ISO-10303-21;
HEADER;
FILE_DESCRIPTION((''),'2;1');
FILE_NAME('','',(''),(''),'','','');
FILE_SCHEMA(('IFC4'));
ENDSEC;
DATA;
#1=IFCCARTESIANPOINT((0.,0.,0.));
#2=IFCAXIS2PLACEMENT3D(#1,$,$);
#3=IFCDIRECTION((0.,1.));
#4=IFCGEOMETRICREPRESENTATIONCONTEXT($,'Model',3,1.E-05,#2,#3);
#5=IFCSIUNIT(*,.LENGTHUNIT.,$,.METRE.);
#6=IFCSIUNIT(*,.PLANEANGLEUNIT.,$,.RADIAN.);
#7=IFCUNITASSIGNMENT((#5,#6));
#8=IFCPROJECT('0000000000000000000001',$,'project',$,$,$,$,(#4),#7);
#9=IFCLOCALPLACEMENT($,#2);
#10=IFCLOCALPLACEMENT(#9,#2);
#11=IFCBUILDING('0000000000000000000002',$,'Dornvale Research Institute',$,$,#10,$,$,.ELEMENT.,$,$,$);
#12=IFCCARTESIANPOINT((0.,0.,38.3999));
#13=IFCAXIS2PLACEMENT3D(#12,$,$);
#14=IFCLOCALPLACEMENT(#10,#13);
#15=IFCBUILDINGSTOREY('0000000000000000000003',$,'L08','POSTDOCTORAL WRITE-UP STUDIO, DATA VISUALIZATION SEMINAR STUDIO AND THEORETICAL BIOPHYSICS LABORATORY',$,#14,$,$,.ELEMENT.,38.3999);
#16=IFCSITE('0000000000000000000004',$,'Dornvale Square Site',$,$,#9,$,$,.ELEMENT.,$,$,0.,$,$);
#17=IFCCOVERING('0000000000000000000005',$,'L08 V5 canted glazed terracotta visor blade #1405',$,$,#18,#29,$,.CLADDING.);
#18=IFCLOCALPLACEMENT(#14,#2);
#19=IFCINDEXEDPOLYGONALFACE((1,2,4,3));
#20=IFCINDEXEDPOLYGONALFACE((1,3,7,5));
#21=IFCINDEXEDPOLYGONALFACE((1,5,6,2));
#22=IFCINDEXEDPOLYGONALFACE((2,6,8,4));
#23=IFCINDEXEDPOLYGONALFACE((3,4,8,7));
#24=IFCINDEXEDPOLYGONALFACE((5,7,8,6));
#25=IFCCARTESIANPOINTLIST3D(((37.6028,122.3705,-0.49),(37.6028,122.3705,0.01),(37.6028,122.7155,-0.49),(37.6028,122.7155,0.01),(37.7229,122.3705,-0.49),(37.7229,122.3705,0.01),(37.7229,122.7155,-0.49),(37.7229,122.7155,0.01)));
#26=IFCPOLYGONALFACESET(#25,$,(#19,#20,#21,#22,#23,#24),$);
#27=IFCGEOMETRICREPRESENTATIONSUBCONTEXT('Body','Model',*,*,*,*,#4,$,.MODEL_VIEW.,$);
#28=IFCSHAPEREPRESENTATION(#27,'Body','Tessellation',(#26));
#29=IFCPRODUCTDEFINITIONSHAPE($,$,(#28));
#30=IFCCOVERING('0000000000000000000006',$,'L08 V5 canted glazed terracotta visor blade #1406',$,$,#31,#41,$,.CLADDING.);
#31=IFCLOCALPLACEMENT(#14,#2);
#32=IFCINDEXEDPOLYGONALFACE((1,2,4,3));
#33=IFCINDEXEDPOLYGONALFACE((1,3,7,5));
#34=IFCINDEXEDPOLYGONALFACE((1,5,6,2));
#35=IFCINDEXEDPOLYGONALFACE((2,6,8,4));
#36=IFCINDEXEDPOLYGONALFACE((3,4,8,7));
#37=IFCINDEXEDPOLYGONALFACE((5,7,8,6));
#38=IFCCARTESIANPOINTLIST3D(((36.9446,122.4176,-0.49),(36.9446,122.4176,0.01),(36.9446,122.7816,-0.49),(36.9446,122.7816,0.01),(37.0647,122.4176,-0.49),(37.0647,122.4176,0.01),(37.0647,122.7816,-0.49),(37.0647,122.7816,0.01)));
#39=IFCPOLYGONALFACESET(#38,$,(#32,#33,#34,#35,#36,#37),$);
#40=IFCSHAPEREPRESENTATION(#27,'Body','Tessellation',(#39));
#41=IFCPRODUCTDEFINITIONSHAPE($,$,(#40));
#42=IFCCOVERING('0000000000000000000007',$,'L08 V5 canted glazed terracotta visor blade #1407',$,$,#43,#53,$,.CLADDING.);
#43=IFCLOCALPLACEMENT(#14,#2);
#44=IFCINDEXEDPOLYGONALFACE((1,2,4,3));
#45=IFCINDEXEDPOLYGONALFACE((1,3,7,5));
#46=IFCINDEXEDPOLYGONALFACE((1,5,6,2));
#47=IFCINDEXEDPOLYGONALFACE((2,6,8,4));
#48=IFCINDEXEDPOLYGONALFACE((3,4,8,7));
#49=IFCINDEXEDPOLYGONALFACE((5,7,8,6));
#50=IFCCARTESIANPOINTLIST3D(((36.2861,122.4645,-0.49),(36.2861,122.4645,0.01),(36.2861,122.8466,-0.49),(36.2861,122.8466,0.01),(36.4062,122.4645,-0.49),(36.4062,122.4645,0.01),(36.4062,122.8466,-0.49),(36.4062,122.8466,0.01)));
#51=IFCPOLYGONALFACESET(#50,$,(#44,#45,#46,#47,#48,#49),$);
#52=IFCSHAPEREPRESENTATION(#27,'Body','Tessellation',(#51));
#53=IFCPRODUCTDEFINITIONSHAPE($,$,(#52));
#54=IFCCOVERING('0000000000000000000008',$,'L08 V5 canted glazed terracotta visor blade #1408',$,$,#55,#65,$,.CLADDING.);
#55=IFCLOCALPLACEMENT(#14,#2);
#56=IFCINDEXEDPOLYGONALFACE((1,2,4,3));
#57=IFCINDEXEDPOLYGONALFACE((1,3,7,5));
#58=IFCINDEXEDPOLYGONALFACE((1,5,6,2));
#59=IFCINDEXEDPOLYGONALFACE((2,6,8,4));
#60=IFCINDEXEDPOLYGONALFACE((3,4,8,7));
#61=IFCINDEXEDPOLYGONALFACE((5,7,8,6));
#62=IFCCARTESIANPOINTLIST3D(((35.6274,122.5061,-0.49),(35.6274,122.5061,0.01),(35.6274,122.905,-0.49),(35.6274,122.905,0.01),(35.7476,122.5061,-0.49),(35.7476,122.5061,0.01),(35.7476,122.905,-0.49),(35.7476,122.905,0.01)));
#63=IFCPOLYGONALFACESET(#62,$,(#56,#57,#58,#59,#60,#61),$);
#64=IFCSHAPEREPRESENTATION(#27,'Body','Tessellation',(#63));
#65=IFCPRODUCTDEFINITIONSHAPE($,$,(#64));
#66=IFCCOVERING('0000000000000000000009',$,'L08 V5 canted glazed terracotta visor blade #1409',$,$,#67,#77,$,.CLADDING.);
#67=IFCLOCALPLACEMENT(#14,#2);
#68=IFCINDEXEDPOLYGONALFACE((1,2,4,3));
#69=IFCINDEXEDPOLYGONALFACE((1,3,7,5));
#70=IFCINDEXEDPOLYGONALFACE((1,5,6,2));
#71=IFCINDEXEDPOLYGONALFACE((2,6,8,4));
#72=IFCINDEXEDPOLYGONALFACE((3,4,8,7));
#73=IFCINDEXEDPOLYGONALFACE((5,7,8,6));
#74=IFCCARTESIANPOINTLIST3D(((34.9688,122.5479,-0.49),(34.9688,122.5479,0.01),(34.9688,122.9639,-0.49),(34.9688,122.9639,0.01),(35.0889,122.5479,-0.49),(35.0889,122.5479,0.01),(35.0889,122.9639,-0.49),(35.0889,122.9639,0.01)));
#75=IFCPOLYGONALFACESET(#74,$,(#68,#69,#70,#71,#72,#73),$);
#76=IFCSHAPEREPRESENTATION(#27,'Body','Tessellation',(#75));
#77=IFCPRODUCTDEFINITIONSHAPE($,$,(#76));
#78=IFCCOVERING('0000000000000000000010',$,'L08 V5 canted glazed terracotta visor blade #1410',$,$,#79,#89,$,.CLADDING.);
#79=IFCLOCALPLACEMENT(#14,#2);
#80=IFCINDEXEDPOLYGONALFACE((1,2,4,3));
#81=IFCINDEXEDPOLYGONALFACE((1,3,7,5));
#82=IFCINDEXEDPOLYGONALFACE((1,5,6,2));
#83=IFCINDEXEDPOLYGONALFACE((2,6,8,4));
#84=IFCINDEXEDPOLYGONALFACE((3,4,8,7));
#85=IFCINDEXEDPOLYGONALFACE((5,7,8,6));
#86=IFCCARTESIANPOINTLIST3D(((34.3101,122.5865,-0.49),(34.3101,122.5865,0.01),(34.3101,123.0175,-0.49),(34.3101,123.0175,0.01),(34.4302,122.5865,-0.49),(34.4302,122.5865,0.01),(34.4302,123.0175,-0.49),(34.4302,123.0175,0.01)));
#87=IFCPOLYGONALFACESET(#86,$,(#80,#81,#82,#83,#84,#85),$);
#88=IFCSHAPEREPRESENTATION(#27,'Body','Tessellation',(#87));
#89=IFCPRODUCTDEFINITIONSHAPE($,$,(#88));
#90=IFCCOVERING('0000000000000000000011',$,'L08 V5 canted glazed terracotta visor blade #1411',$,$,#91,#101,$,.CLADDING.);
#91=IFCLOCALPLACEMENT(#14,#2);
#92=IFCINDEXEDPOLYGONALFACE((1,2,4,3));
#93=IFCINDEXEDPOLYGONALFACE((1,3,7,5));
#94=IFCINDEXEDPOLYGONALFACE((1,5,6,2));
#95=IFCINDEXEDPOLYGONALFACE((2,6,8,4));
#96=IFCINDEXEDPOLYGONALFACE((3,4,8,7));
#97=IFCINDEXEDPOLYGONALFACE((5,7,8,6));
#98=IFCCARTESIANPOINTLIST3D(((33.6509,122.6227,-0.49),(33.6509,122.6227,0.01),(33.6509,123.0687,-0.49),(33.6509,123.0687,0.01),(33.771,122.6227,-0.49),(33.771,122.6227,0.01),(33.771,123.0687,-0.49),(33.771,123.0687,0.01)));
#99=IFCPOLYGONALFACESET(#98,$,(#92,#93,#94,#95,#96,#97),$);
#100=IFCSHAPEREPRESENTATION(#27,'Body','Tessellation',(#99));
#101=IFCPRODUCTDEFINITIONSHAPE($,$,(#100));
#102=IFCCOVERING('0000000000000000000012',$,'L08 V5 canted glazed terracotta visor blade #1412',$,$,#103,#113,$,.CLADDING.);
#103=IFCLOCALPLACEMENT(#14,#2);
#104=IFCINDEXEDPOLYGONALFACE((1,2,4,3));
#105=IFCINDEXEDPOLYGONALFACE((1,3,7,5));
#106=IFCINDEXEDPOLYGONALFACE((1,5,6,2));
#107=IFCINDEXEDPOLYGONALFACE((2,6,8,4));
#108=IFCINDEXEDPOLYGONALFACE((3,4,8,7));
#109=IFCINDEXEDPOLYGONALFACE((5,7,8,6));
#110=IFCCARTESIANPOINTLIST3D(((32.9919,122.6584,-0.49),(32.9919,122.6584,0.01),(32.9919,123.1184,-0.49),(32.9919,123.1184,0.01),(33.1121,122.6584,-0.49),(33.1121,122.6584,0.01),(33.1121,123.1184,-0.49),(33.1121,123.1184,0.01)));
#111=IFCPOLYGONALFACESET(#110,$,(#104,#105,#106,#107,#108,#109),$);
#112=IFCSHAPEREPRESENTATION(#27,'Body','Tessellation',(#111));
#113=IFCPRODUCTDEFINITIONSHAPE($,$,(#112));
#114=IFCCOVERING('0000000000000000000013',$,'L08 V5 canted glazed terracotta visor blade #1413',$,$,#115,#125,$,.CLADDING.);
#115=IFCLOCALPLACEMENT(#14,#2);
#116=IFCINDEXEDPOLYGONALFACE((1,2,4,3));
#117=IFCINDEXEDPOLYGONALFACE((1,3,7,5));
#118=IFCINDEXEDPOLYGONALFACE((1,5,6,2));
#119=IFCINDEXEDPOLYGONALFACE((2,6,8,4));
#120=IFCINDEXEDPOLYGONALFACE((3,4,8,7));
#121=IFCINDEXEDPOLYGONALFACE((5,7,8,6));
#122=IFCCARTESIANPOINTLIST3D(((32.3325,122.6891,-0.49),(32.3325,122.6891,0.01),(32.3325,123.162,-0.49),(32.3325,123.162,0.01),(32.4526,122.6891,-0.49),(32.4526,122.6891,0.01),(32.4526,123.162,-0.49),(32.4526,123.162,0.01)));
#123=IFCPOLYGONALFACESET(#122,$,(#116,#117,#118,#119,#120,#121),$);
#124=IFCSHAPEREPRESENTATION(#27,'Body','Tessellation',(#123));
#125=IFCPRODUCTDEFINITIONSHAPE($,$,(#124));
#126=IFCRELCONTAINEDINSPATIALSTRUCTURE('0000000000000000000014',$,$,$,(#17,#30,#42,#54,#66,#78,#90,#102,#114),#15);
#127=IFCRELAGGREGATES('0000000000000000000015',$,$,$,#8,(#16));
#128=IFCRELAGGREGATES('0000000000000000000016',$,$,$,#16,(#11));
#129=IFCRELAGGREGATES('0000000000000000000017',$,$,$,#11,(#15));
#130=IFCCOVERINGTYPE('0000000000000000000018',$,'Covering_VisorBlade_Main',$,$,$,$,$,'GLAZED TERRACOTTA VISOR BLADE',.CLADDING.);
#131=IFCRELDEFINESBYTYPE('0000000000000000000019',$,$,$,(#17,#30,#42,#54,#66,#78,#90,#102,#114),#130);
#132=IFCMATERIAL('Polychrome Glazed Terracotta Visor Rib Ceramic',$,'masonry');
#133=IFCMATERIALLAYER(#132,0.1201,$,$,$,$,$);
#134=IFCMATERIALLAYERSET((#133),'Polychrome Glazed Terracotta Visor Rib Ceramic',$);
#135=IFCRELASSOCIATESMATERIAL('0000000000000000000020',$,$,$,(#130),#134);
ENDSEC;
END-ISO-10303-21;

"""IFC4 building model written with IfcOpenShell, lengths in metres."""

from ifc_helpers import new_model, si_unit, direction, frame, origin, origin_2d, place, context, subcontext, project, spatial, rectangle, extrude, material, layer, layer_set, type_object, element, save


model = new_model("IFC4")

# Units and contexts
model_context = context("Model", 3, precision=1e-05, world=origin(), true_north=direction((0.0, 1.0)))
body_context = subcontext(model_context, "Body", "Model", "MODEL_VIEW")
ifc_project = project(units=[si_unit("LENGTHUNIT", "METRE"), si_unit("PLANEANGLEUNIT", "RADIAN")], contexts=[model_context])

# Site, building, storey
site_placement = place(None, origin())
site = spatial("IfcSite", under=ifc_project, at=site_placement, Name="Dornvale Square Site", CompositionType="ELEMENT", RefElevation=0.0)
building_placement = place(site_placement, origin())
building = spatial("IfcBuilding", under=site, at=building_placement, Name="Dornvale Research Institute", CompositionType="ELEMENT")
storey_placement = place(building_placement, frame((0.0, 0.0, 38.3999)))
storey = spatial("IfcBuildingStorey", under=building, at=storey_placement, Name="L08", Description="POSTDOCTORAL WRITE-UP STUDIO, DATA VISUALIZATION SEMINAR STUDIO AND THEORETICAL BIOPHYSICS LABORATORY", CompositionType="ELEMENT", Elevation=38.3999)

# Coverings
ifc_material_1 = material(Name="Polychrome Glazed Terracotta Visor Rib Ceramic", Category="masonry")
ifc_layer_1 = layer(ifc_material_1, 0.1201)
ifc_layer_set_1 = layer_set([ifc_layer_1], Name="Polychrome Glazed Terracotta Visor Rib Ceramic")
covering_type = type_object("IfcCoveringType", Name="Covering_VisorBlade_Main", ElementType="GLAZED TERRACOTTA VISOR BLADE", PredefinedType="CLADDING", material=ifc_layer_set_1)
covering_1_placement = place(storey_placement, frame((37.6628, 122.543, -0.49), z_axis=(0.0, 0.0, 1.0), x_axis=(0.0, 1.0, 0.0)))
element("IfcCovering", 1, at=covering_1_placement, inside=storey, type_object=covering_type, Name="L08 V5 canted glazed terracotta visor blade #1405", PredefinedType="CLADDING", context=body_context, shape_type="SweptSolid", body=[
    extrude(rectangle(XDim=0.345, YDim=0.1201, at=origin_2d()), origin(), (0.0, 0.0, 1.0), 0.5),
])
covering_2_placement = place(storey_placement, frame((37.0046, 122.5996, -0.49), z_axis=(0.0, 0.0, 1.0), x_axis=(0.0, 1.0, 0.0)))
element("IfcCovering", 2, at=covering_2_placement, inside=storey, type_object=covering_type, Name="L08 V5 canted glazed terracotta visor blade #1406", PredefinedType="CLADDING", context=body_context, shape_type="SweptSolid", body=[
    extrude(rectangle(XDim=0.364, YDim=0.1201, at=origin_2d()), origin(), (0.0, 0.0, 1.0), 0.5),
])
covering_3_placement = place(storey_placement, frame((36.3462, 122.6555, -0.49), z_axis=(0.0, 0.0, 1.0), x_axis=(0.0, 1.0, 0.0)))
element("IfcCovering", 3, at=covering_3_placement, inside=storey, type_object=covering_type, Name="L08 V5 canted glazed terracotta visor blade #1407", PredefinedType="CLADDING", context=body_context, shape_type="SweptSolid", body=[
    extrude(rectangle(XDim=0.3821, YDim=0.1201, at=origin_2d()), origin(), (0.0, 0.0, 1.0), 0.5),
])
covering_4_placement = place(storey_placement, frame((35.6875, 122.7056, -0.49), z_axis=(0.0, 0.0, 1.0), x_axis=(0.0, 1.0, 0.0)))
element("IfcCovering", 4, at=covering_4_placement, inside=storey, type_object=covering_type, Name="L08 V5 canted glazed terracotta visor blade #1408", PredefinedType="CLADDING", context=body_context, shape_type="SweptSolid", body=[
    extrude(rectangle(XDim=0.3989, YDim=0.1201, at=origin_2d()), origin(), (0.0, 0.0, 1.0), 0.5),
])
covering_5_placement = place(storey_placement, frame((35.0288, 122.7559, -0.49), z_axis=(0.0, 0.0, 1.0), x_axis=(0.0, 1.0, 0.0)))
element("IfcCovering", 5, at=covering_5_placement, inside=storey, type_object=covering_type, Name="L08 V5 canted glazed terracotta visor blade #1409", PredefinedType="CLADDING", context=body_context, shape_type="SweptSolid", body=[
    extrude(rectangle(XDim=0.416, YDim=0.1201, at=origin_2d()), origin(), (0.0, 0.0, 1.0), 0.5),
])
covering_6_placement = place(storey_placement, frame((34.3701, 122.802, -0.49), z_axis=(0.0, 0.0, 1.0), x_axis=(0.0, 1.0, 0.0)))
element("IfcCovering", 6, at=covering_6_placement, inside=storey, type_object=covering_type, Name="L08 V5 canted glazed terracotta visor blade #1410", PredefinedType="CLADDING", context=body_context, shape_type="SweptSolid", body=[
    extrude(rectangle(XDim=0.4309, YDim=0.1201, at=origin_2d()), origin(), (0.0, 0.0, 1.0), 0.5),
])
covering_7_placement = place(storey_placement, frame((33.7109, 122.8457, -0.49), z_axis=(0.0, 0.0, 1.0), x_axis=(0.0, 1.0, 0.0)))
element("IfcCovering", 7, at=covering_7_placement, inside=storey, type_object=covering_type, Name="L08 V5 canted glazed terracotta visor blade #1411", PredefinedType="CLADDING", context=body_context, shape_type="SweptSolid", body=[
    extrude(rectangle(XDim=0.446, YDim=0.1201, at=origin_2d()), origin(), (0.0, 0.0, 1.0), 0.5),
])
covering_8_placement = place(storey_placement, frame((33.052, 122.8884, -0.49), z_axis=(0.0, 0.0, 1.0), x_axis=(0.0, 1.0, 0.0)))
element("IfcCovering", 8, at=covering_8_placement, inside=storey, type_object=covering_type, Name="L08 V5 canted glazed terracotta visor blade #1412", PredefinedType="CLADDING", context=body_context, shape_type="SweptSolid", body=[
    extrude(rectangle(XDim=0.46, YDim=0.1201, at=origin_2d()), origin(), (0.0, 0.0, 1.0), 0.5),
])
covering_9_placement = place(storey_placement, frame((32.3926, 122.9255, -0.49), z_axis=(0.0, 0.0, 1.0), x_axis=(0.0, 1.0, 0.0)))
element("IfcCovering", 9, at=covering_9_placement, inside=storey, type_object=covering_type, Name="L08 V5 canted glazed terracotta visor blade #1413", PredefinedType="CLADDING", context=body_context, shape_type="SweptSolid", body=[
    extrude(rectangle(XDim=0.4729, YDim=0.1201, at=origin_2d()), origin(), (0.0, 0.0, 1.0), 0.5),
])

save(model, "model.ifc")
